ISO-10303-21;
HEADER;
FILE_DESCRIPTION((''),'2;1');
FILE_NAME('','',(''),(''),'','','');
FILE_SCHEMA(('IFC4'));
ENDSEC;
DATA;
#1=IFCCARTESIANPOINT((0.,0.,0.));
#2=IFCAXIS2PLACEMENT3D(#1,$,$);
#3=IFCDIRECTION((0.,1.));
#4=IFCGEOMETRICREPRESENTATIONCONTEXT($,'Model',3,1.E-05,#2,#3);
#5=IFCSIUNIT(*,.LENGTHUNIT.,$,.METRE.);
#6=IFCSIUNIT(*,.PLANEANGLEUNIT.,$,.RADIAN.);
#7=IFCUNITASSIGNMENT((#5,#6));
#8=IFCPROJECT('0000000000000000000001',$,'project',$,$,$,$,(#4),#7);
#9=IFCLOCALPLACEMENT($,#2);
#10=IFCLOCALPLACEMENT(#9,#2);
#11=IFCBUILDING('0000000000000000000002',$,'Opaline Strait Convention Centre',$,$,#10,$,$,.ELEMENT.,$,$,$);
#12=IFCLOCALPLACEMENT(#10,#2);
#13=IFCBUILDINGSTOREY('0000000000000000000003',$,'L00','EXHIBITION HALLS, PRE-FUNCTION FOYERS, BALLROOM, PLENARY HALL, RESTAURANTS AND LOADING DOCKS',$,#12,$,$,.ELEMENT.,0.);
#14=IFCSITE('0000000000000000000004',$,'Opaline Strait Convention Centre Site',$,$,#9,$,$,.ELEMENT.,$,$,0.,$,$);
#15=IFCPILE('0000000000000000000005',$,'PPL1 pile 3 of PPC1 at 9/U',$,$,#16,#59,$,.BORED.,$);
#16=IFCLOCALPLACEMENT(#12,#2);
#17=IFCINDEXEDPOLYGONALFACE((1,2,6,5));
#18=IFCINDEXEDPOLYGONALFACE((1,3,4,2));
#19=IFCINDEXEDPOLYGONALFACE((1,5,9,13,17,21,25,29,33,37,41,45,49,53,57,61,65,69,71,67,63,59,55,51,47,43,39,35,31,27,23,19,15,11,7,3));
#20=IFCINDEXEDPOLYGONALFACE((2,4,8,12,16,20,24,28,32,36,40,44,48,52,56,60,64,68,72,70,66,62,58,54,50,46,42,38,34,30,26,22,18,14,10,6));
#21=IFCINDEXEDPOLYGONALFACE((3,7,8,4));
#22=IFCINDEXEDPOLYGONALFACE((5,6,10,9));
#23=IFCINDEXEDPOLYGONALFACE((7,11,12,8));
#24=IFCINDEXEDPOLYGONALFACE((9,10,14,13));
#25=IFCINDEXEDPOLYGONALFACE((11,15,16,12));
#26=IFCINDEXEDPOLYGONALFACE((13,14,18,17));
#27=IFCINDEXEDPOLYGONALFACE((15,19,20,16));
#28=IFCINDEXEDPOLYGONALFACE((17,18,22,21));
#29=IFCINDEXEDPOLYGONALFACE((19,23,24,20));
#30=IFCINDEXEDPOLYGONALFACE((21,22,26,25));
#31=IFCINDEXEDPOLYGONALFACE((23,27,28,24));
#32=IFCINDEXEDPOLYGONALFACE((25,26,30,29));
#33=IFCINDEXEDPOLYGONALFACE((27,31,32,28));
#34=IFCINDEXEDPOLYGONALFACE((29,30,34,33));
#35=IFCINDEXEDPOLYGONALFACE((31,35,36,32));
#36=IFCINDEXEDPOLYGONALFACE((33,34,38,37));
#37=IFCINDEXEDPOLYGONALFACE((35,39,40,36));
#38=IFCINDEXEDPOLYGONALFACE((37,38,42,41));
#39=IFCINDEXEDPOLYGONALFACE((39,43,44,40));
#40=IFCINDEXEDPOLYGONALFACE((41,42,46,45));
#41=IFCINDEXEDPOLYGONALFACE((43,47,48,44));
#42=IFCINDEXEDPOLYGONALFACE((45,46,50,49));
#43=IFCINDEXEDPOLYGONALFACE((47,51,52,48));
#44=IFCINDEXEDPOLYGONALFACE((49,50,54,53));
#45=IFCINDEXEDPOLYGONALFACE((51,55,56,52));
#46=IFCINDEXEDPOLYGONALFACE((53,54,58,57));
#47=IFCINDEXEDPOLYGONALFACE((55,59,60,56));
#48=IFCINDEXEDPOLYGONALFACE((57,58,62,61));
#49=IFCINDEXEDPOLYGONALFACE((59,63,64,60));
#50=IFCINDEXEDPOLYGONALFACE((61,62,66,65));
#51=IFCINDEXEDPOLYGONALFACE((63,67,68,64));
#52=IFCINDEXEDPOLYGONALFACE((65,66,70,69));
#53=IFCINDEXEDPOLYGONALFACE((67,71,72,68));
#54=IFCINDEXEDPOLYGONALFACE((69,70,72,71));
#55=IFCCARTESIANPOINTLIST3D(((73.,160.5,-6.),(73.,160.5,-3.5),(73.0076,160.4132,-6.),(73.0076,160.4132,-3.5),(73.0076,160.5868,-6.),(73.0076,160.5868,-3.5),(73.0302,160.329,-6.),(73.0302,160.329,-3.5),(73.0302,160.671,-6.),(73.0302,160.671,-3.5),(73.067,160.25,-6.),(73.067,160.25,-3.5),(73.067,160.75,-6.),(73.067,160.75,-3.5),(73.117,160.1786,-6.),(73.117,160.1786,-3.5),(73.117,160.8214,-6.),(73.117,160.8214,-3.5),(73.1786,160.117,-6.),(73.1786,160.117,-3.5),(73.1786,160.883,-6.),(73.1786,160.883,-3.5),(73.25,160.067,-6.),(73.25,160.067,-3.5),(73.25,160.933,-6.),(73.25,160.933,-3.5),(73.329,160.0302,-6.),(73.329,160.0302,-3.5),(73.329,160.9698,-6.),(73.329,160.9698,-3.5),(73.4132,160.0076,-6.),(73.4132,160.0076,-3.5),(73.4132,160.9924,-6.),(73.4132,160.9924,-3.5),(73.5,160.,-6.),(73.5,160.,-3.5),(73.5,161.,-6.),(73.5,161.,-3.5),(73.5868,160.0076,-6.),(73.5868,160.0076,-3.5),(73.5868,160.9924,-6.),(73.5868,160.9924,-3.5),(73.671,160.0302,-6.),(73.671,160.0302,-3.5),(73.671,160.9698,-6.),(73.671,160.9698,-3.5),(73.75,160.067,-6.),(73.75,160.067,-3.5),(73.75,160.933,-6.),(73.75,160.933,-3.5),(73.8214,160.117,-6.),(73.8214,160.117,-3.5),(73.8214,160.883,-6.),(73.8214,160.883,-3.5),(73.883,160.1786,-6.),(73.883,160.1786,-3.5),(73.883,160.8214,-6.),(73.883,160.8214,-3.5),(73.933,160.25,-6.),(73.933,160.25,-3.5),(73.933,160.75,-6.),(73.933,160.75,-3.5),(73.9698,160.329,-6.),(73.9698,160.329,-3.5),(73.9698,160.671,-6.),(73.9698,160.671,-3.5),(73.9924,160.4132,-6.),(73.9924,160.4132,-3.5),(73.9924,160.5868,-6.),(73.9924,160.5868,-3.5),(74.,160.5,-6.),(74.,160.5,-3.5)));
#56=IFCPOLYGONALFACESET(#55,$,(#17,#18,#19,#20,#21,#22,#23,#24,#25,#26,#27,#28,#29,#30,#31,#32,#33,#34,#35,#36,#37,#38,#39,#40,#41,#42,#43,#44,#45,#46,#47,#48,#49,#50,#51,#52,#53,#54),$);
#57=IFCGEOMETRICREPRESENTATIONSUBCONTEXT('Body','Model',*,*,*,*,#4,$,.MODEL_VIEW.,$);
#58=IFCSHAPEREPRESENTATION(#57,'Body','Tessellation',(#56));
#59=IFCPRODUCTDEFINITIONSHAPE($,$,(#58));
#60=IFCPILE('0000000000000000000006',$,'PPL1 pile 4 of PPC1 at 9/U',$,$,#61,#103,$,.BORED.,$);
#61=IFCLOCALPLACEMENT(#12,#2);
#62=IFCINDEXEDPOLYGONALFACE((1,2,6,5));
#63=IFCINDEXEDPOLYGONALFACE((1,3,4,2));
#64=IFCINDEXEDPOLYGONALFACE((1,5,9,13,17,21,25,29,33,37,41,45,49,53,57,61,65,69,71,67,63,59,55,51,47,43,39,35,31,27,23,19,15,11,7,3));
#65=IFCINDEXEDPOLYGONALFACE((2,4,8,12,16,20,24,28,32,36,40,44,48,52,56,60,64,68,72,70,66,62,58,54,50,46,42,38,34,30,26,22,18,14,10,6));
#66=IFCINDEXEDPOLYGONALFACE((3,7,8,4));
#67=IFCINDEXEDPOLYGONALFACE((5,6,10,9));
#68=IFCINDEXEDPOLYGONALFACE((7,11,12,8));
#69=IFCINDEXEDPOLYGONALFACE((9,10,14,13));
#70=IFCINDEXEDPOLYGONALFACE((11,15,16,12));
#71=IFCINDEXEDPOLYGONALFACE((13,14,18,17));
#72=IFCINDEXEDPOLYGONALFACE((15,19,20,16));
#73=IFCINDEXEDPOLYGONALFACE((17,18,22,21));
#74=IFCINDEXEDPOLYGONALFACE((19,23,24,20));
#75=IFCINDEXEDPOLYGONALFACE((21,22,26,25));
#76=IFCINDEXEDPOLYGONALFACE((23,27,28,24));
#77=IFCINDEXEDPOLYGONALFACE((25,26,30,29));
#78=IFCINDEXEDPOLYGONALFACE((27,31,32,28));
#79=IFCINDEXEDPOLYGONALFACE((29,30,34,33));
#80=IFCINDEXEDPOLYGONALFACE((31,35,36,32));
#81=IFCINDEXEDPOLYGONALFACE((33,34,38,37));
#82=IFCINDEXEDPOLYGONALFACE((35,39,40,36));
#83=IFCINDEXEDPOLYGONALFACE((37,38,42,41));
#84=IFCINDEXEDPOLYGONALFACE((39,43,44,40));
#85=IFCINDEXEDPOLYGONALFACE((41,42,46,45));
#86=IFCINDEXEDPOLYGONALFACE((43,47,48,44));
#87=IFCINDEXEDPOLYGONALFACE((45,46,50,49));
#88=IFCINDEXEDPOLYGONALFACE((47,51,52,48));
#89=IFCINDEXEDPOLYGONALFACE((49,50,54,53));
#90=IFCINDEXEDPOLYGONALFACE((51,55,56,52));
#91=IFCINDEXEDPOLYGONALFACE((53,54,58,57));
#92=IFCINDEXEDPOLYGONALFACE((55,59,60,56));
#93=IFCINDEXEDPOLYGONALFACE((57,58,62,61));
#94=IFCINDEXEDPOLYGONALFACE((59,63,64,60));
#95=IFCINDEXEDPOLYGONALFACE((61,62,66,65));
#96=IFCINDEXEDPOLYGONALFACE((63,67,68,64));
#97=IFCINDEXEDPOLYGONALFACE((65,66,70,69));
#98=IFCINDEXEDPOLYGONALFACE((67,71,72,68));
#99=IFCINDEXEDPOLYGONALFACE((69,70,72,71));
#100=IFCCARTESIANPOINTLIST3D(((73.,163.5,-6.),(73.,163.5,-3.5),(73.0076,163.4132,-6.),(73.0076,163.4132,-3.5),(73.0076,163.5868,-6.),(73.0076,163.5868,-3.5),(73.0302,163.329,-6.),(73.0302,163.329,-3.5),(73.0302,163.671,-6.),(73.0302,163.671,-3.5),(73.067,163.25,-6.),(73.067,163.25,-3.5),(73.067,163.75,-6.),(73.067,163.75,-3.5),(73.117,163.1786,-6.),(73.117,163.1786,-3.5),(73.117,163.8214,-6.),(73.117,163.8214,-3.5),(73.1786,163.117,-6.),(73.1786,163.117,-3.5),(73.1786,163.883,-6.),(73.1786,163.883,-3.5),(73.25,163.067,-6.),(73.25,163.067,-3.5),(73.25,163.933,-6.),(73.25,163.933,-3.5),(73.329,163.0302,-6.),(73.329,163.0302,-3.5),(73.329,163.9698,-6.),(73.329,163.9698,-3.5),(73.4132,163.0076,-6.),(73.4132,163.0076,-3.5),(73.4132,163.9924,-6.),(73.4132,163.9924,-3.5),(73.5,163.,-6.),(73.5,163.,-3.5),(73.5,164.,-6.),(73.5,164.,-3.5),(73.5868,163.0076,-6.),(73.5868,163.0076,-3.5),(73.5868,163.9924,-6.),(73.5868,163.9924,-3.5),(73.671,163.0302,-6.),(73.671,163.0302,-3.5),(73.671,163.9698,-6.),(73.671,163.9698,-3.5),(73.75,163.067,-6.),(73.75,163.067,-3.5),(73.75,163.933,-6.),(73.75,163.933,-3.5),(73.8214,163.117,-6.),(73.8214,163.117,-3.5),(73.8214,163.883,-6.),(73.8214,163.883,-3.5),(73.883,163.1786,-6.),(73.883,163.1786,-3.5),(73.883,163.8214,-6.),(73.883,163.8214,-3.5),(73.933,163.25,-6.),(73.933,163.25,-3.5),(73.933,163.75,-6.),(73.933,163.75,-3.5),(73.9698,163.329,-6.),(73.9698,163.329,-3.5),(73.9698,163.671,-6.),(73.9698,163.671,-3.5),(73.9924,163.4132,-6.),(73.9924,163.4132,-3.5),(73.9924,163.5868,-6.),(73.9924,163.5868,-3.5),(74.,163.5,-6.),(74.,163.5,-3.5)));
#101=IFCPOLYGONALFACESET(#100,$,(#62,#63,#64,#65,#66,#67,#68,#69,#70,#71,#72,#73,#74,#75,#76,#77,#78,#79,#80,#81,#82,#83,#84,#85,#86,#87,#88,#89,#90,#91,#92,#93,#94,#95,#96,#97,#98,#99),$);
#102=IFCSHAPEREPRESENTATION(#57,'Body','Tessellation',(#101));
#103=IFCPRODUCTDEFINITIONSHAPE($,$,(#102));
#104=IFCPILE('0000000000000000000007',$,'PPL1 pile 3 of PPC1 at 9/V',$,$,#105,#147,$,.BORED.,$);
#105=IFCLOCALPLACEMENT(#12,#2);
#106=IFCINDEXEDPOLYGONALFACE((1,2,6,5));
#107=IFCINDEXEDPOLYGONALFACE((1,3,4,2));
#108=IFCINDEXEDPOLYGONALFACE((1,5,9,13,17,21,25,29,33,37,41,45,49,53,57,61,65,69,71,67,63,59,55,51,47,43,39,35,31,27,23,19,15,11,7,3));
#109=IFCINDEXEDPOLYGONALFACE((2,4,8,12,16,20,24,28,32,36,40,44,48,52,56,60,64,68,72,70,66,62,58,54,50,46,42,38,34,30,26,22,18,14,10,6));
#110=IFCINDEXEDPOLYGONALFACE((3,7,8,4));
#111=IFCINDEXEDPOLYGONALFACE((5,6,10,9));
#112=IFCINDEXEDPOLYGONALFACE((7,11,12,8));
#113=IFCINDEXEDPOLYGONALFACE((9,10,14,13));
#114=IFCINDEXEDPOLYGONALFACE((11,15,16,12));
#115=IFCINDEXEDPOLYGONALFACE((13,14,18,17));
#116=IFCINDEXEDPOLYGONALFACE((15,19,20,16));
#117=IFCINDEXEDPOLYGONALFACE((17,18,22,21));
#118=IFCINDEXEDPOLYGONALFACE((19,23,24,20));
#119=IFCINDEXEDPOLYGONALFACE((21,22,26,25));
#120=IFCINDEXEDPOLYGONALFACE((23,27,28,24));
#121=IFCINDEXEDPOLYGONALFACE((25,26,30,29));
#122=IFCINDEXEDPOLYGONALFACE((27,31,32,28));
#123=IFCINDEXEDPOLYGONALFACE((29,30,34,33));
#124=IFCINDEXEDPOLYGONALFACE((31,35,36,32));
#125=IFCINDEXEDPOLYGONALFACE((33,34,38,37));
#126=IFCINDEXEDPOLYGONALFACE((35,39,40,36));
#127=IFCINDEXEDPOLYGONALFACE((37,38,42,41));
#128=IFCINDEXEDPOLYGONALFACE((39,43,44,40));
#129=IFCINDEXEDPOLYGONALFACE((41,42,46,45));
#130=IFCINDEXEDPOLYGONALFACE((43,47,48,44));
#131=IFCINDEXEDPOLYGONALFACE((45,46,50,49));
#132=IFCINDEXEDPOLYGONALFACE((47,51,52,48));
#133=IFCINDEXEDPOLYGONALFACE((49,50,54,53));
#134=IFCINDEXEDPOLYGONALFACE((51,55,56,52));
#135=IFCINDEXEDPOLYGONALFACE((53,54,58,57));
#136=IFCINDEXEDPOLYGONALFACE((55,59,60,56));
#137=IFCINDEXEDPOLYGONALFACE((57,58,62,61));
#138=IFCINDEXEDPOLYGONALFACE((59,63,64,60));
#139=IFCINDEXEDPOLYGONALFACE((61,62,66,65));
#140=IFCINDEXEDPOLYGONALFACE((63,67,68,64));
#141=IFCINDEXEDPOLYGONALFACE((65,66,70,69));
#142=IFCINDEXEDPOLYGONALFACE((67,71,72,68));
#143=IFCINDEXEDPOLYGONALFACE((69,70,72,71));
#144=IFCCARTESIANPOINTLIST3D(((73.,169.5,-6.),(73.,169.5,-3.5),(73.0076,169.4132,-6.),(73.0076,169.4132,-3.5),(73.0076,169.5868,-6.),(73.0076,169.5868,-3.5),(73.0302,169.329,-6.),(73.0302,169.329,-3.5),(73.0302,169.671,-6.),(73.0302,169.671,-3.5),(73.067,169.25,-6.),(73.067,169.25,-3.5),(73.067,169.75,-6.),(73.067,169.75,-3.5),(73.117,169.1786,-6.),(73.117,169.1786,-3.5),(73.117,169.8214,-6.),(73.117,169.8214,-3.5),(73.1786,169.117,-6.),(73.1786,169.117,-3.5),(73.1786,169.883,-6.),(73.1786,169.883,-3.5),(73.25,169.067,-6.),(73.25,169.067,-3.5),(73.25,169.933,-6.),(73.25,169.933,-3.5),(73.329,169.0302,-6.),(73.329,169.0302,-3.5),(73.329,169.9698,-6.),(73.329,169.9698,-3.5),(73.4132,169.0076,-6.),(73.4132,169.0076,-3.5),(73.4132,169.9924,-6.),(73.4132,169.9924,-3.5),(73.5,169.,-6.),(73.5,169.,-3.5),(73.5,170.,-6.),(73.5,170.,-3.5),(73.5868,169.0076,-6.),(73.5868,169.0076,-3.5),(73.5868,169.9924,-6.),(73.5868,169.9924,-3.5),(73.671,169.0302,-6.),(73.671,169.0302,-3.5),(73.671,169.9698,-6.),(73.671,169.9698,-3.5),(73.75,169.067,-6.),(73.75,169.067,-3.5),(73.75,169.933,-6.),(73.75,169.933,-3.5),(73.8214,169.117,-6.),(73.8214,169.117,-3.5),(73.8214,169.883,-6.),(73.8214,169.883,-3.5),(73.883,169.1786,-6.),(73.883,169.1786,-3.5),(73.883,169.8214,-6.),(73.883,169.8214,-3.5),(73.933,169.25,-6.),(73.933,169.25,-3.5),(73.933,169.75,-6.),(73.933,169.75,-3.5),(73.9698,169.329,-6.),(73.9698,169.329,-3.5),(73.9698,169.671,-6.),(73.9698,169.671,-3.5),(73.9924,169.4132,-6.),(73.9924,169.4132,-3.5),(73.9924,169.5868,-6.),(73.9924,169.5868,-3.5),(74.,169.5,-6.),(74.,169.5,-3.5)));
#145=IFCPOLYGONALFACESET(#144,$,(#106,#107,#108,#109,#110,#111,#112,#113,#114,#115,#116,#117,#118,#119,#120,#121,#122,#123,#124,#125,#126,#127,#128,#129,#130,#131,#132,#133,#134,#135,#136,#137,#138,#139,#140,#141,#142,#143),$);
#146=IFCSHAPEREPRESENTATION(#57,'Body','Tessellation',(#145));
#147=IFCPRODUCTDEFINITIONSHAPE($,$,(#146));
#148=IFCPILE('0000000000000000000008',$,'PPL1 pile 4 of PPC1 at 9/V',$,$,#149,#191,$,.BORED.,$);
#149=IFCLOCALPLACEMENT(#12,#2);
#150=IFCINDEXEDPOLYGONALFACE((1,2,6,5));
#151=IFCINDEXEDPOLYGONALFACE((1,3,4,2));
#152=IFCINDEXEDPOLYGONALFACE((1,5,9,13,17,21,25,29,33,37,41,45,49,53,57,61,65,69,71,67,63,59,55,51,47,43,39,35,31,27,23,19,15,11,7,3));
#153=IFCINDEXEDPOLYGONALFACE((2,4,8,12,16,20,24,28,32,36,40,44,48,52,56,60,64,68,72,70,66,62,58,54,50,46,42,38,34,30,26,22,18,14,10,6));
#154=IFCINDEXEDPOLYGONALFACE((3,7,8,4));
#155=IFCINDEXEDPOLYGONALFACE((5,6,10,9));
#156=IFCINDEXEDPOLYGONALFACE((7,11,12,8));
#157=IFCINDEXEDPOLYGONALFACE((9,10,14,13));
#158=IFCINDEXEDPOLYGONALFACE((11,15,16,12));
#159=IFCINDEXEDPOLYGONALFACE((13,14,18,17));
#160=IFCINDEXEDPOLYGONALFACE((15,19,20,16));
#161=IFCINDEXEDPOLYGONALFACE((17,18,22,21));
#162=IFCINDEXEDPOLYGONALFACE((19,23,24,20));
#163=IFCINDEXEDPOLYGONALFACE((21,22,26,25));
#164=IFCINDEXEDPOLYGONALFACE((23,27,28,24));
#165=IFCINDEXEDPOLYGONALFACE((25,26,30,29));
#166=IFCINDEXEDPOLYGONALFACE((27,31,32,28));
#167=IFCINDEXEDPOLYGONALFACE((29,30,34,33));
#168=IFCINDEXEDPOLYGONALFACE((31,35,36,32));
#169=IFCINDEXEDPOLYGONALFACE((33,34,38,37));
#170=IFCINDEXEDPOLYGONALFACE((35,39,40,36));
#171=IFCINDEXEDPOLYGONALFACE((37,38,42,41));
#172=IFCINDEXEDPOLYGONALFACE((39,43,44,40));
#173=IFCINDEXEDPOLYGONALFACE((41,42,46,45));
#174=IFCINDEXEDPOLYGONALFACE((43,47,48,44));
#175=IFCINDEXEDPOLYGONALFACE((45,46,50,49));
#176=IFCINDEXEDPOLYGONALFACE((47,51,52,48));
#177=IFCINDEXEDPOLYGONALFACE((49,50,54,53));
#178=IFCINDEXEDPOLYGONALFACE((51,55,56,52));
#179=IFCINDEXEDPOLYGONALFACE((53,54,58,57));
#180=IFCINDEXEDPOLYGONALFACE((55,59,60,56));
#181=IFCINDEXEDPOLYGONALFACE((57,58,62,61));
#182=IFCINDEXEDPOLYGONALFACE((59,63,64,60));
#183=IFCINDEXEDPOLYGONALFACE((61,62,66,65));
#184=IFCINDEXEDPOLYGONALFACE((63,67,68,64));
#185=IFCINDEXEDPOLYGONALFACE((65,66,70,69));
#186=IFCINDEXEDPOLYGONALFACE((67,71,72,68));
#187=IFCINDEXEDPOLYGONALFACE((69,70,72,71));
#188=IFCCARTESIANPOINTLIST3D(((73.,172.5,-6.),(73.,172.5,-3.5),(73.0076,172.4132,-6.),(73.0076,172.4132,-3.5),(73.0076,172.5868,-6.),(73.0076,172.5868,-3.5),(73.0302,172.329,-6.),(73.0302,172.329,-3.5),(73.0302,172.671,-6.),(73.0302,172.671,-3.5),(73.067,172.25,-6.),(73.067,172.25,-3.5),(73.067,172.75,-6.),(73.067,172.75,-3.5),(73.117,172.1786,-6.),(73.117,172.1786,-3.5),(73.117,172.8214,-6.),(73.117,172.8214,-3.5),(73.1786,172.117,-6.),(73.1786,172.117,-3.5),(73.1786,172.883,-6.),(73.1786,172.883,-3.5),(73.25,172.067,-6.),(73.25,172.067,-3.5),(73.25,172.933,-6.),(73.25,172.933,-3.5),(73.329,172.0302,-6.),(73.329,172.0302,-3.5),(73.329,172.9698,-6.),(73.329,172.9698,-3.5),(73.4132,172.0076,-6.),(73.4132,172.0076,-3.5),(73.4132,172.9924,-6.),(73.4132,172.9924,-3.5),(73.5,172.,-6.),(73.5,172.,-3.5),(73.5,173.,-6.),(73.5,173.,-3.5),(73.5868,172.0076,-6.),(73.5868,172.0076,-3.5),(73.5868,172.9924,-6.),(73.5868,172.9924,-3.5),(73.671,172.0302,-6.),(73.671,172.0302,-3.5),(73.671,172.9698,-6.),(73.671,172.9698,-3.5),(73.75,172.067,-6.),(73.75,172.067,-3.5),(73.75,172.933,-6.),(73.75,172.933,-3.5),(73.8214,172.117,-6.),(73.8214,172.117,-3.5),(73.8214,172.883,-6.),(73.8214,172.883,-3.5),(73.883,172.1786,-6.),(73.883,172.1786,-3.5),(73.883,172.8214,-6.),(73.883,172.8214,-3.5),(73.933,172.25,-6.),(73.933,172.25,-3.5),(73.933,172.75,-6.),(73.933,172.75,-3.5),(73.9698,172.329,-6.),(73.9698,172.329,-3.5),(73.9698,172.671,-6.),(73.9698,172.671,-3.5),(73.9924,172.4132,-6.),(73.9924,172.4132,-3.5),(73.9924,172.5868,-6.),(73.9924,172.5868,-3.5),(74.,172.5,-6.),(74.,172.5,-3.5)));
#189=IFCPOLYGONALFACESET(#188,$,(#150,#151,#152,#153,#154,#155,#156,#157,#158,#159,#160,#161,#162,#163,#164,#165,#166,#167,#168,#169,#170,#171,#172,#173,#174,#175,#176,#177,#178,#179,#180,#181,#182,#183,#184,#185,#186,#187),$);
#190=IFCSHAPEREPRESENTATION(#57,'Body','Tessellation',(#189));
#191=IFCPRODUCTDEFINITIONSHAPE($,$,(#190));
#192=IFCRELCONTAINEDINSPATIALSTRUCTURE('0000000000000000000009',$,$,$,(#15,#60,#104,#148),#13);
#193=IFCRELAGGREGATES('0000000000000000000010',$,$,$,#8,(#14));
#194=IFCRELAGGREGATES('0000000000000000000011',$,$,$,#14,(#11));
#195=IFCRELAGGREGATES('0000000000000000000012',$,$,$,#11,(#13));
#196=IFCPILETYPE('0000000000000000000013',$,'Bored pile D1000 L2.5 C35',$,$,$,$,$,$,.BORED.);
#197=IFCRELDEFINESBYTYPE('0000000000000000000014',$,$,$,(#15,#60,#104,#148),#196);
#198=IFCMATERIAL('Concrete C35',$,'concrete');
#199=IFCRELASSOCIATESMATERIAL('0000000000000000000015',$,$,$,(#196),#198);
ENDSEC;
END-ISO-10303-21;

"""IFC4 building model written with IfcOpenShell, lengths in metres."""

from ifc_helpers import new_model, si_unit, direction, frame, origin, origin_2d, place, context, subcontext, project, spatial, circle, extrude, material, material_profile, profile_set, type_object, element, save


model = new_model("IFC4")

# Units and contexts
model_context = context("Model", 3, precision=1e-05, world=origin(), true_north=direction((0.0, 1.0)))
body_context = subcontext(model_context, "Body", "Model", "MODEL_VIEW")
ifc_project = project(units=[si_unit("LENGTHUNIT", "METRE"), si_unit("PLANEANGLEUNIT", "RADIAN")], contexts=[model_context])

# Site, building, storey
site_placement = place(None, origin())
site = spatial("IfcSite", under=ifc_project, at=site_placement, Name="Opaline Strait Convention Centre Site", CompositionType="ELEMENT", RefElevation=0.0)
building_placement = place(site_placement, origin())
building = spatial("IfcBuilding", under=site, at=building_placement, Name="Opaline Strait Convention Centre", CompositionType="ELEMENT")
storey_placement = place(building_placement, origin())
storey = spatial("IfcBuildingStorey", under=building, at=storey_placement, Name="L00", Description="EXHIBITION HALLS, PRE-FUNCTION FOYERS, BALLROOM, PLENARY HALL, RESTAURANTS AND LOADING DOCKS", CompositionType="ELEMENT", Elevation=0.0)

# Piles
ifc_material_1 = material(Name="Concrete C35", Category="concrete")
ifc_material_profile_1 = material_profile(ifc_material_1, circle(Radius=0.5, at=origin_2d()), Name="D1000")
ifc_profile_set_1 = profile_set([ifc_material_profile_1], Name="Concrete C35")
pile_type_1 = type_object("IfcPileType", Name="Bored pile D1000 L2.5 C35", PredefinedType="BORED", material=ifc_profile_set_1)
for number, where, z_axis, x_axis, name in (
    (1, (73.5, 160.5, -3.5), (0.0, 0.0, -1.0), (1.0, 0.0, 0.0), "PPL1 pile 3 of PPC1 at 9/U"),
    (2, (73.5, 163.5, -3.5), (0.0, 0.0, -1.0), (1.0, 0.0, 0.0), "PPL1 pile 4 of PPC1 at 9/U"),
    (3, (73.5, 169.5, -3.5), (0.0, 0.0, -1.0), (1.0, 0.0, 0.0), "PPL1 pile 3 of PPC1 at 9/V"),
    (4, (73.5, 172.5, -3.5), (0.0, 0.0, -1.0), (1.0, 0.0, 0.0), "PPL1 pile 4 of PPC1 at 9/V"),
):
    element("IfcPile", number, at=place(storey_placement, frame(where, z_axis=z_axis, x_axis=x_axis)), inside=storey, type_object=pile_type_1, Name=name, PredefinedType="BORED", context=body_context, shape_type="SweptSolid", body=[
        extrude(circle(Radius=0.5, at=origin_2d()), origin(), (0.0, 0.0, 1.0), 2.5),
    ])

save(model, "model.ifc")
